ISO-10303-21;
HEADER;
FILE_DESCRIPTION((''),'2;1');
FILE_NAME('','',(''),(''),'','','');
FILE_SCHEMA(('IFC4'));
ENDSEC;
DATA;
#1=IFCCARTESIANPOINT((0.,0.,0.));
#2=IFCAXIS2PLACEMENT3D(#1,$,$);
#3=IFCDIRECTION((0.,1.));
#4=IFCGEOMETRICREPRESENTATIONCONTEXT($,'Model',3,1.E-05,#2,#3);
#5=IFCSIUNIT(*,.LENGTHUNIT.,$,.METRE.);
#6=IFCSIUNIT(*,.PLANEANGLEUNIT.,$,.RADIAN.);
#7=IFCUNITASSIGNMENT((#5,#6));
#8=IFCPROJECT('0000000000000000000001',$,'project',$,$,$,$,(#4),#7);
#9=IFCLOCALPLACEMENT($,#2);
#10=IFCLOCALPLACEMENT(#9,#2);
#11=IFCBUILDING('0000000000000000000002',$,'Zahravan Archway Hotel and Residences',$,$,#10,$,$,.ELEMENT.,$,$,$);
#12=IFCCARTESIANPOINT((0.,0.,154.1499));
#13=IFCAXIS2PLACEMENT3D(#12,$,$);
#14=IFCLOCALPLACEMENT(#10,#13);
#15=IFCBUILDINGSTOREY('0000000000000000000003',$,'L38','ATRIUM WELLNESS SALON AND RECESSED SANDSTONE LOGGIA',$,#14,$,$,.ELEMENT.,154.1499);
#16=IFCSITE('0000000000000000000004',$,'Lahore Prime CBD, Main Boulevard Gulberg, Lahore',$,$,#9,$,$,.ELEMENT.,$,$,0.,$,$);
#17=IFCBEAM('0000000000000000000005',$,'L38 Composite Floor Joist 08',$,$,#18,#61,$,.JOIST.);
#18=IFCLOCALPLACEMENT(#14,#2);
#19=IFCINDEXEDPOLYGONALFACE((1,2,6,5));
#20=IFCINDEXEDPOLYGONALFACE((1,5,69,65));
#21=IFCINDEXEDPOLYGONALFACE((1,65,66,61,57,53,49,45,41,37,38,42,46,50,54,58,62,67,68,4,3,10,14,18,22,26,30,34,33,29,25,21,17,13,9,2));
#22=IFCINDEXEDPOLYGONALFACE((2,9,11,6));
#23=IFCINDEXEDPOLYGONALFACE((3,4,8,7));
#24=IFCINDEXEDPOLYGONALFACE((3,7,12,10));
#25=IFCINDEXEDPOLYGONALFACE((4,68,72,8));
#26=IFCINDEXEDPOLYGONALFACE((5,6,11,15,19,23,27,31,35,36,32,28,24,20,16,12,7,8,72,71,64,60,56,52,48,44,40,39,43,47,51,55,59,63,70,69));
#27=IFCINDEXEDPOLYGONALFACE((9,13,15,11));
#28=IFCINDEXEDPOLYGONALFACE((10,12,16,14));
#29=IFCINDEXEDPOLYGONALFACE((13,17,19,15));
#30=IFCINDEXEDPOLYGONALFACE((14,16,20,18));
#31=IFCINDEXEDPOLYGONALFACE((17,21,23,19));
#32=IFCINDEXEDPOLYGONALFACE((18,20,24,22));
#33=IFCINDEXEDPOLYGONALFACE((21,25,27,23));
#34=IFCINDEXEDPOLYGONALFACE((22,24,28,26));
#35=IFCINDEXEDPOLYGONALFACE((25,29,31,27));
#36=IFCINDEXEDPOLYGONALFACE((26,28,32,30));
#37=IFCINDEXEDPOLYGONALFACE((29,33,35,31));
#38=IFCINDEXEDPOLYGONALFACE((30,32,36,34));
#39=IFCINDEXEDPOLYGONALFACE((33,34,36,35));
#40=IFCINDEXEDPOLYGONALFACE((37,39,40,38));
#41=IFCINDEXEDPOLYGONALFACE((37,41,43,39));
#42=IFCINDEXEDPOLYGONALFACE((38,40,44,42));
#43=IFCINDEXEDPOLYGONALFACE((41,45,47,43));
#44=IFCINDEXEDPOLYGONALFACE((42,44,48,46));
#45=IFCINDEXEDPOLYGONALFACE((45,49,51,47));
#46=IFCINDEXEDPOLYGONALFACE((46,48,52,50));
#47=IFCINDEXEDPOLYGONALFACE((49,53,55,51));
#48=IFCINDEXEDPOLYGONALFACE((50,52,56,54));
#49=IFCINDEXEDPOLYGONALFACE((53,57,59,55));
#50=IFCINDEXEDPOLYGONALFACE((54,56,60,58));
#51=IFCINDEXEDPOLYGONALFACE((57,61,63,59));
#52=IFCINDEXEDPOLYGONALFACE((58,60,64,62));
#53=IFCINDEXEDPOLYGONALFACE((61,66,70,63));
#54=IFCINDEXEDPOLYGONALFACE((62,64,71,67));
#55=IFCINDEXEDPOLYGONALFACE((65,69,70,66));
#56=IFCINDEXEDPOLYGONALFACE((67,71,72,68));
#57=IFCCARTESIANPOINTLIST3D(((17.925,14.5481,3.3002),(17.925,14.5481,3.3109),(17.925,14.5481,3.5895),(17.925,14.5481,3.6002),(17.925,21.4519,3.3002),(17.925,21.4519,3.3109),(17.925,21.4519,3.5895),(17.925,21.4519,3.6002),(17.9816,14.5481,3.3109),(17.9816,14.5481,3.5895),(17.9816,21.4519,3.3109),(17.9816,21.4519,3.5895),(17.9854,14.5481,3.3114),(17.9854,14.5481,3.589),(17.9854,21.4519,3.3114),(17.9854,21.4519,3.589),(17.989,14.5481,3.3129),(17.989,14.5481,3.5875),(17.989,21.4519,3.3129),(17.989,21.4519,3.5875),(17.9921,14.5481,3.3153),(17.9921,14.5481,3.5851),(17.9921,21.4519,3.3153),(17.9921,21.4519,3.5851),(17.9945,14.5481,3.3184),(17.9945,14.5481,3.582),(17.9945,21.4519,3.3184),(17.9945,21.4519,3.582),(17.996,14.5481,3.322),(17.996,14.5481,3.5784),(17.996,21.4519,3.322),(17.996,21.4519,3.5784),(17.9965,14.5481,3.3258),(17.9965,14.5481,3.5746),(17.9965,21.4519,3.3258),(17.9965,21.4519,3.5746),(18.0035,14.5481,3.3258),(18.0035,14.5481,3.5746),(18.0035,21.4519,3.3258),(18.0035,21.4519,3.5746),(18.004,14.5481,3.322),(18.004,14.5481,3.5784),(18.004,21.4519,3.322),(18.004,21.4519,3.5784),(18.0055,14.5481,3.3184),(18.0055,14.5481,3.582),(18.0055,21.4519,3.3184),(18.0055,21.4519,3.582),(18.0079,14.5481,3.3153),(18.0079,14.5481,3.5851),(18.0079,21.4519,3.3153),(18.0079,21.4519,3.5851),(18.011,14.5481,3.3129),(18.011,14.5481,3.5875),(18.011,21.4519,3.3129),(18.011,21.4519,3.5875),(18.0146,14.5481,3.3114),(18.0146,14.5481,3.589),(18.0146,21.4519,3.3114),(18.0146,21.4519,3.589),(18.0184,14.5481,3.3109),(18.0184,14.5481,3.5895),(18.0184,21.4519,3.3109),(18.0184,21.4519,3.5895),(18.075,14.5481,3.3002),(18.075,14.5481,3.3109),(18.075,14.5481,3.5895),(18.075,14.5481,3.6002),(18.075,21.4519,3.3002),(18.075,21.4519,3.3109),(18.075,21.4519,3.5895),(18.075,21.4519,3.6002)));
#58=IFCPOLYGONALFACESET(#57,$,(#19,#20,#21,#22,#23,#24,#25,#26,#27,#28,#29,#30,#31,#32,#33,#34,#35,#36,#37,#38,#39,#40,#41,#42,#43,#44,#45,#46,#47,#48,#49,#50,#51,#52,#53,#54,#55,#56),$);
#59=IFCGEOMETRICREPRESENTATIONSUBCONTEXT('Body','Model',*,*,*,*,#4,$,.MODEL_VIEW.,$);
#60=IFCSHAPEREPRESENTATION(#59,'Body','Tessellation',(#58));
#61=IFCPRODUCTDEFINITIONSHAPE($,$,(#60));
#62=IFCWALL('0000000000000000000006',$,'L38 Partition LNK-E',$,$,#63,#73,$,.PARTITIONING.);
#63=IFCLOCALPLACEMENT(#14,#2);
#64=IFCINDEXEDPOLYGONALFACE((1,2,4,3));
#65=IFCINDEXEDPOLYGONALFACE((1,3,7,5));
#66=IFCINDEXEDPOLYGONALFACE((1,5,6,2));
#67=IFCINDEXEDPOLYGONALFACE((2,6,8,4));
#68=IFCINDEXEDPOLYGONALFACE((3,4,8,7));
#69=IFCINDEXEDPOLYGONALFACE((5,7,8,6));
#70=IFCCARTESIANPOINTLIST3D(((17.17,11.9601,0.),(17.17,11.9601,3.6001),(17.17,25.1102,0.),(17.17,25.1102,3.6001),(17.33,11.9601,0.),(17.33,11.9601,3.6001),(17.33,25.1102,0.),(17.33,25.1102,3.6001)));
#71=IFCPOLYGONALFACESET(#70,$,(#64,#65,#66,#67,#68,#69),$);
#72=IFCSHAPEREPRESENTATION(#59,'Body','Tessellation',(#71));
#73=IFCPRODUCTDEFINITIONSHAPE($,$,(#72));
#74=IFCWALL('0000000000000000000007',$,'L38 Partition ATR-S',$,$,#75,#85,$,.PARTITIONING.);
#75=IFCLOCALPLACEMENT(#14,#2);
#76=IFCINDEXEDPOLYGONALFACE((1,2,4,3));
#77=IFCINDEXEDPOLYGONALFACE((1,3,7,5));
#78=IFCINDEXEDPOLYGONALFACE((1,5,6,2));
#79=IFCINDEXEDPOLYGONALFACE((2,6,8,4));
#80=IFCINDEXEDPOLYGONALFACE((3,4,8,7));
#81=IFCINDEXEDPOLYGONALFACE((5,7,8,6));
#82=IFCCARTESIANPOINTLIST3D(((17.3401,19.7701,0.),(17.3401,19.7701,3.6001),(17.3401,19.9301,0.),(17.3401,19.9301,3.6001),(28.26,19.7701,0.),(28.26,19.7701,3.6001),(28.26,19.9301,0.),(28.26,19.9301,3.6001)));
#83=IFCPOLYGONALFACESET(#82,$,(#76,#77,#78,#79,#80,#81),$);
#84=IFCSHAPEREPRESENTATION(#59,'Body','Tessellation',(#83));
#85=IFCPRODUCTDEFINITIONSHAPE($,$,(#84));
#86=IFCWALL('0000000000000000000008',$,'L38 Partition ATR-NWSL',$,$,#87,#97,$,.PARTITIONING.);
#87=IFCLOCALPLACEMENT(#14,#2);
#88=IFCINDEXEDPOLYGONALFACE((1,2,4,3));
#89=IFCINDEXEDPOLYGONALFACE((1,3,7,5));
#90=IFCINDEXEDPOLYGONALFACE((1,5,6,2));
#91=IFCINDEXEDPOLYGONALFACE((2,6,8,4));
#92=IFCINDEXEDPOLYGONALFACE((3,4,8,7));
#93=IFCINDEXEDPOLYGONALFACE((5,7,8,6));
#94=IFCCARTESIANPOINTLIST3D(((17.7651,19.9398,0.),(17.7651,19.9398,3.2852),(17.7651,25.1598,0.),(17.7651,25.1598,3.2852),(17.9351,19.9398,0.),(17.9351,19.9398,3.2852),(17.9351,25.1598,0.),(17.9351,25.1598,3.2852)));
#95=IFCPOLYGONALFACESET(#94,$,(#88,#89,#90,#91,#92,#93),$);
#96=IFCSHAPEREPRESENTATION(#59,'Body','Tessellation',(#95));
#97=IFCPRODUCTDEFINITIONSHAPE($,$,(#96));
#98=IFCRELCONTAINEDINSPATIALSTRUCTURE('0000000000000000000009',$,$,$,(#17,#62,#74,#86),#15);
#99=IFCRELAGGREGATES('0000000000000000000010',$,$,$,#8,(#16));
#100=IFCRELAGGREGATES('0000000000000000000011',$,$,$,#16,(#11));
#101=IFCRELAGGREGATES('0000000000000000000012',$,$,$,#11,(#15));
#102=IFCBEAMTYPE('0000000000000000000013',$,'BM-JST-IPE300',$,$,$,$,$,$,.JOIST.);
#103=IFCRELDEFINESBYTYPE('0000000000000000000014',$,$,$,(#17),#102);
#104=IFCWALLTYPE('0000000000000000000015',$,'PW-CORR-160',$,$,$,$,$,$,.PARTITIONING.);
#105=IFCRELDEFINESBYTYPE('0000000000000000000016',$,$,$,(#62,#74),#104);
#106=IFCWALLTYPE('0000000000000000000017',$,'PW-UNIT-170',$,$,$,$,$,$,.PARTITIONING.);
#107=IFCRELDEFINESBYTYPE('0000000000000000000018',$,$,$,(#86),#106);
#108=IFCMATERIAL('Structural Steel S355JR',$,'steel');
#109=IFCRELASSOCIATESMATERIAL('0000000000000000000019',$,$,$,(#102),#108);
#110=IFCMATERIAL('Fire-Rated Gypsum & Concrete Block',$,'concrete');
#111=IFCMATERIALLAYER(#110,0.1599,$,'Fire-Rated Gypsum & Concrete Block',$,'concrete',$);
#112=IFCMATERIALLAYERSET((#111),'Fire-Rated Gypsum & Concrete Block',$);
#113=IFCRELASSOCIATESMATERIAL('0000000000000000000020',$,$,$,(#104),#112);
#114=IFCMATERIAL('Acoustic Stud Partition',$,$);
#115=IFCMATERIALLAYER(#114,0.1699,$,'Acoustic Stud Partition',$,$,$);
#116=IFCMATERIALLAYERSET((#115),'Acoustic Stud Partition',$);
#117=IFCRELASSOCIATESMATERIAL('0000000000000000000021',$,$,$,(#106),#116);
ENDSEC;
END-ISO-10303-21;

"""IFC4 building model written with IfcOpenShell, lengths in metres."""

from ifc_helpers import new_model, si_unit, direction, frame, frame_2d, origin, origin_2d, place, context, subcontext, project, spatial, rectangle, i_section, extrude, source, transform, mapped, material, layer, layer_set, material_profile, profile_set, type_object, element, save


model = new_model("IFC4")

# Units and contexts
model_context = context("Model", 3, precision=1e-05, world=origin(), true_north=direction((0.0, 1.0)))
body_context = subcontext(model_context, "Body", "Model", "MODEL_VIEW")
ifc_project = project(units=[si_unit("LENGTHUNIT", "METRE"), si_unit("PLANEANGLEUNIT", "RADIAN")], contexts=[model_context])

# Site, building, storey
site_placement = place(None, origin())
site = spatial("IfcSite", under=ifc_project, at=site_placement, Name="Lahore Prime CBD, Main Boulevard Gulberg, Lahore", CompositionType="ELEMENT", RefElevation=0.0)
building_placement = place(site_placement, origin())
building = spatial("IfcBuilding", under=site, at=building_placement, Name="Zahravan Archway Hotel and Residences", CompositionType="ELEMENT")
storey_placement = place(building_placement, frame((0.0, 0.0, 154.1499)))
storey = spatial("IfcBuildingStorey", under=building, at=storey_placement, Name="L38", Description="ATRIUM WELLNESS SALON AND RECESSED SANDSTONE LOGGIA", CompositionType="ELEMENT", Elevation=154.1499)

# Beam
ifc_material_1 = material(Name="Structural Steel S355JR", Category="steel")
ifc_material_profile_1 = material_profile(ifc_material_1, i_section(OverallWidth=0.1499, OverallDepth=0.3, WebThickness=0.0071, FlangeThickness=0.0107, FilletRadius=0.0149, at=origin_2d()), Name="IPE 300", Category="steel")
ifc_profile_set_1 = profile_set([ifc_material_profile_1], Name="Structural Steel S355JR")
beam_type_1 = type_object("IfcBeamType", Name="BM-JST-IPE300", PredefinedType="JOIST", material=ifc_profile_set_1)
shared_shape_1 = source(origin(), body_context, "Body", "SweptSolid", [
    extrude(i_section(OverallWidth=0.1499, OverallDepth=0.3, WebThickness=0.0071, FlangeThickness=0.0107, FilletRadius=0.0149, at=origin_2d()), origin(), (0.0, 0.0, 1.0), 6.9038),
])
beam_1_placement = place(storey_placement, frame((18.0, 14.5481, 3.4502), z_axis=(0.0, 1.0, 0.0), x_axis=(-1.0, 0.0, 0.0)))
element("IfcBeam", 1, at=beam_1_placement, inside=storey, type_object=beam_type_1, Name="L38 Composite Floor Joist 08", PredefinedType="JOIST", context=body_context, shape_type="MappedRepresentation", body=[
    mapped(shared_shape_1, transform((0.0, 0.0, 0.0), scale=1.0)),
])

# Walls
ifc_material_2 = material(Name="Fire-Rated Gypsum & Concrete Block", Category="concrete")
ifc_layer_1 = layer(ifc_material_2, 0.1599, Name="Fire-Rated Gypsum & Concrete Block", Category="concrete")
ifc_layer_set_1 = layer_set([ifc_layer_1], Name="Fire-Rated Gypsum & Concrete Block")
wall_type_1 = type_object("IfcWallType", Name="PW-CORR-160", PredefinedType="PARTITIONING", material=ifc_layer_set_1)
wall_1_placement = place(storey_placement, frame((17.25, 11.96, 0.0), z_axis=(0.0, 0.0, 1.0), x_axis=(0.0, 1.0, 0.0)))
element("IfcWall", 2, at=wall_1_placement, inside=storey, type_object=wall_type_1, Name="L38 Partition LNK-E", PredefinedType="PARTITIONING", context=body_context, shape_type="SweptSolid", body=[
    extrude(rectangle(XDim=13.1501, YDim=0.1599, at=frame_2d((6.5752, 0.0))), origin(), (0.0, 0.0, 1.0), 3.6001),
])
wall_2_placement = place(storey_placement, frame((17.3401, 19.8501, 0.0), z_axis=(0.0, 0.0, 1.0), x_axis=(1.0, 0.0, 0.0)))
element("IfcWall", 3, at=wall_2_placement, inside=storey, type_object=wall_type_1, Name="L38 Partition ATR-S", PredefinedType="PARTITIONING", context=body_context, shape_type="SweptSolid", body=[
    extrude(rectangle(XDim=10.9199, YDim=0.1599, at=frame_2d((5.46, 0.0))), origin(), (0.0, 0.0, 1.0), 3.6001),
])
ifc_material_3 = material(Name="Acoustic Stud Partition")
ifc_layer_2 = layer(ifc_material_3, 0.1699, Name="Acoustic Stud Partition")
ifc_layer_set_2 = layer_set([ifc_layer_2], Name="Acoustic Stud Partition")
wall_type_2 = type_object("IfcWallType", Name="PW-UNIT-170", PredefinedType="PARTITIONING", material=ifc_layer_set_2)
wall_3_placement = place(storey_placement, frame((17.8501, 19.9399, 0.0), z_axis=(0.0, 0.0, 1.0), x_axis=(0.0, 1.0, 0.0)))
element("IfcWall", 4, at=wall_3_placement, inside=storey, type_object=wall_type_2, Name="L38 Partition ATR-NWSL", PredefinedType="PARTITIONING", context=body_context, shape_type="SweptSolid", body=[
    extrude(rectangle(XDim=5.22, YDim=0.1699, at=frame_2d((2.6099, 0.0))), origin(), (0.0, 0.0, 1.0), 3.2852),
])

save(model, "model.ifc")
